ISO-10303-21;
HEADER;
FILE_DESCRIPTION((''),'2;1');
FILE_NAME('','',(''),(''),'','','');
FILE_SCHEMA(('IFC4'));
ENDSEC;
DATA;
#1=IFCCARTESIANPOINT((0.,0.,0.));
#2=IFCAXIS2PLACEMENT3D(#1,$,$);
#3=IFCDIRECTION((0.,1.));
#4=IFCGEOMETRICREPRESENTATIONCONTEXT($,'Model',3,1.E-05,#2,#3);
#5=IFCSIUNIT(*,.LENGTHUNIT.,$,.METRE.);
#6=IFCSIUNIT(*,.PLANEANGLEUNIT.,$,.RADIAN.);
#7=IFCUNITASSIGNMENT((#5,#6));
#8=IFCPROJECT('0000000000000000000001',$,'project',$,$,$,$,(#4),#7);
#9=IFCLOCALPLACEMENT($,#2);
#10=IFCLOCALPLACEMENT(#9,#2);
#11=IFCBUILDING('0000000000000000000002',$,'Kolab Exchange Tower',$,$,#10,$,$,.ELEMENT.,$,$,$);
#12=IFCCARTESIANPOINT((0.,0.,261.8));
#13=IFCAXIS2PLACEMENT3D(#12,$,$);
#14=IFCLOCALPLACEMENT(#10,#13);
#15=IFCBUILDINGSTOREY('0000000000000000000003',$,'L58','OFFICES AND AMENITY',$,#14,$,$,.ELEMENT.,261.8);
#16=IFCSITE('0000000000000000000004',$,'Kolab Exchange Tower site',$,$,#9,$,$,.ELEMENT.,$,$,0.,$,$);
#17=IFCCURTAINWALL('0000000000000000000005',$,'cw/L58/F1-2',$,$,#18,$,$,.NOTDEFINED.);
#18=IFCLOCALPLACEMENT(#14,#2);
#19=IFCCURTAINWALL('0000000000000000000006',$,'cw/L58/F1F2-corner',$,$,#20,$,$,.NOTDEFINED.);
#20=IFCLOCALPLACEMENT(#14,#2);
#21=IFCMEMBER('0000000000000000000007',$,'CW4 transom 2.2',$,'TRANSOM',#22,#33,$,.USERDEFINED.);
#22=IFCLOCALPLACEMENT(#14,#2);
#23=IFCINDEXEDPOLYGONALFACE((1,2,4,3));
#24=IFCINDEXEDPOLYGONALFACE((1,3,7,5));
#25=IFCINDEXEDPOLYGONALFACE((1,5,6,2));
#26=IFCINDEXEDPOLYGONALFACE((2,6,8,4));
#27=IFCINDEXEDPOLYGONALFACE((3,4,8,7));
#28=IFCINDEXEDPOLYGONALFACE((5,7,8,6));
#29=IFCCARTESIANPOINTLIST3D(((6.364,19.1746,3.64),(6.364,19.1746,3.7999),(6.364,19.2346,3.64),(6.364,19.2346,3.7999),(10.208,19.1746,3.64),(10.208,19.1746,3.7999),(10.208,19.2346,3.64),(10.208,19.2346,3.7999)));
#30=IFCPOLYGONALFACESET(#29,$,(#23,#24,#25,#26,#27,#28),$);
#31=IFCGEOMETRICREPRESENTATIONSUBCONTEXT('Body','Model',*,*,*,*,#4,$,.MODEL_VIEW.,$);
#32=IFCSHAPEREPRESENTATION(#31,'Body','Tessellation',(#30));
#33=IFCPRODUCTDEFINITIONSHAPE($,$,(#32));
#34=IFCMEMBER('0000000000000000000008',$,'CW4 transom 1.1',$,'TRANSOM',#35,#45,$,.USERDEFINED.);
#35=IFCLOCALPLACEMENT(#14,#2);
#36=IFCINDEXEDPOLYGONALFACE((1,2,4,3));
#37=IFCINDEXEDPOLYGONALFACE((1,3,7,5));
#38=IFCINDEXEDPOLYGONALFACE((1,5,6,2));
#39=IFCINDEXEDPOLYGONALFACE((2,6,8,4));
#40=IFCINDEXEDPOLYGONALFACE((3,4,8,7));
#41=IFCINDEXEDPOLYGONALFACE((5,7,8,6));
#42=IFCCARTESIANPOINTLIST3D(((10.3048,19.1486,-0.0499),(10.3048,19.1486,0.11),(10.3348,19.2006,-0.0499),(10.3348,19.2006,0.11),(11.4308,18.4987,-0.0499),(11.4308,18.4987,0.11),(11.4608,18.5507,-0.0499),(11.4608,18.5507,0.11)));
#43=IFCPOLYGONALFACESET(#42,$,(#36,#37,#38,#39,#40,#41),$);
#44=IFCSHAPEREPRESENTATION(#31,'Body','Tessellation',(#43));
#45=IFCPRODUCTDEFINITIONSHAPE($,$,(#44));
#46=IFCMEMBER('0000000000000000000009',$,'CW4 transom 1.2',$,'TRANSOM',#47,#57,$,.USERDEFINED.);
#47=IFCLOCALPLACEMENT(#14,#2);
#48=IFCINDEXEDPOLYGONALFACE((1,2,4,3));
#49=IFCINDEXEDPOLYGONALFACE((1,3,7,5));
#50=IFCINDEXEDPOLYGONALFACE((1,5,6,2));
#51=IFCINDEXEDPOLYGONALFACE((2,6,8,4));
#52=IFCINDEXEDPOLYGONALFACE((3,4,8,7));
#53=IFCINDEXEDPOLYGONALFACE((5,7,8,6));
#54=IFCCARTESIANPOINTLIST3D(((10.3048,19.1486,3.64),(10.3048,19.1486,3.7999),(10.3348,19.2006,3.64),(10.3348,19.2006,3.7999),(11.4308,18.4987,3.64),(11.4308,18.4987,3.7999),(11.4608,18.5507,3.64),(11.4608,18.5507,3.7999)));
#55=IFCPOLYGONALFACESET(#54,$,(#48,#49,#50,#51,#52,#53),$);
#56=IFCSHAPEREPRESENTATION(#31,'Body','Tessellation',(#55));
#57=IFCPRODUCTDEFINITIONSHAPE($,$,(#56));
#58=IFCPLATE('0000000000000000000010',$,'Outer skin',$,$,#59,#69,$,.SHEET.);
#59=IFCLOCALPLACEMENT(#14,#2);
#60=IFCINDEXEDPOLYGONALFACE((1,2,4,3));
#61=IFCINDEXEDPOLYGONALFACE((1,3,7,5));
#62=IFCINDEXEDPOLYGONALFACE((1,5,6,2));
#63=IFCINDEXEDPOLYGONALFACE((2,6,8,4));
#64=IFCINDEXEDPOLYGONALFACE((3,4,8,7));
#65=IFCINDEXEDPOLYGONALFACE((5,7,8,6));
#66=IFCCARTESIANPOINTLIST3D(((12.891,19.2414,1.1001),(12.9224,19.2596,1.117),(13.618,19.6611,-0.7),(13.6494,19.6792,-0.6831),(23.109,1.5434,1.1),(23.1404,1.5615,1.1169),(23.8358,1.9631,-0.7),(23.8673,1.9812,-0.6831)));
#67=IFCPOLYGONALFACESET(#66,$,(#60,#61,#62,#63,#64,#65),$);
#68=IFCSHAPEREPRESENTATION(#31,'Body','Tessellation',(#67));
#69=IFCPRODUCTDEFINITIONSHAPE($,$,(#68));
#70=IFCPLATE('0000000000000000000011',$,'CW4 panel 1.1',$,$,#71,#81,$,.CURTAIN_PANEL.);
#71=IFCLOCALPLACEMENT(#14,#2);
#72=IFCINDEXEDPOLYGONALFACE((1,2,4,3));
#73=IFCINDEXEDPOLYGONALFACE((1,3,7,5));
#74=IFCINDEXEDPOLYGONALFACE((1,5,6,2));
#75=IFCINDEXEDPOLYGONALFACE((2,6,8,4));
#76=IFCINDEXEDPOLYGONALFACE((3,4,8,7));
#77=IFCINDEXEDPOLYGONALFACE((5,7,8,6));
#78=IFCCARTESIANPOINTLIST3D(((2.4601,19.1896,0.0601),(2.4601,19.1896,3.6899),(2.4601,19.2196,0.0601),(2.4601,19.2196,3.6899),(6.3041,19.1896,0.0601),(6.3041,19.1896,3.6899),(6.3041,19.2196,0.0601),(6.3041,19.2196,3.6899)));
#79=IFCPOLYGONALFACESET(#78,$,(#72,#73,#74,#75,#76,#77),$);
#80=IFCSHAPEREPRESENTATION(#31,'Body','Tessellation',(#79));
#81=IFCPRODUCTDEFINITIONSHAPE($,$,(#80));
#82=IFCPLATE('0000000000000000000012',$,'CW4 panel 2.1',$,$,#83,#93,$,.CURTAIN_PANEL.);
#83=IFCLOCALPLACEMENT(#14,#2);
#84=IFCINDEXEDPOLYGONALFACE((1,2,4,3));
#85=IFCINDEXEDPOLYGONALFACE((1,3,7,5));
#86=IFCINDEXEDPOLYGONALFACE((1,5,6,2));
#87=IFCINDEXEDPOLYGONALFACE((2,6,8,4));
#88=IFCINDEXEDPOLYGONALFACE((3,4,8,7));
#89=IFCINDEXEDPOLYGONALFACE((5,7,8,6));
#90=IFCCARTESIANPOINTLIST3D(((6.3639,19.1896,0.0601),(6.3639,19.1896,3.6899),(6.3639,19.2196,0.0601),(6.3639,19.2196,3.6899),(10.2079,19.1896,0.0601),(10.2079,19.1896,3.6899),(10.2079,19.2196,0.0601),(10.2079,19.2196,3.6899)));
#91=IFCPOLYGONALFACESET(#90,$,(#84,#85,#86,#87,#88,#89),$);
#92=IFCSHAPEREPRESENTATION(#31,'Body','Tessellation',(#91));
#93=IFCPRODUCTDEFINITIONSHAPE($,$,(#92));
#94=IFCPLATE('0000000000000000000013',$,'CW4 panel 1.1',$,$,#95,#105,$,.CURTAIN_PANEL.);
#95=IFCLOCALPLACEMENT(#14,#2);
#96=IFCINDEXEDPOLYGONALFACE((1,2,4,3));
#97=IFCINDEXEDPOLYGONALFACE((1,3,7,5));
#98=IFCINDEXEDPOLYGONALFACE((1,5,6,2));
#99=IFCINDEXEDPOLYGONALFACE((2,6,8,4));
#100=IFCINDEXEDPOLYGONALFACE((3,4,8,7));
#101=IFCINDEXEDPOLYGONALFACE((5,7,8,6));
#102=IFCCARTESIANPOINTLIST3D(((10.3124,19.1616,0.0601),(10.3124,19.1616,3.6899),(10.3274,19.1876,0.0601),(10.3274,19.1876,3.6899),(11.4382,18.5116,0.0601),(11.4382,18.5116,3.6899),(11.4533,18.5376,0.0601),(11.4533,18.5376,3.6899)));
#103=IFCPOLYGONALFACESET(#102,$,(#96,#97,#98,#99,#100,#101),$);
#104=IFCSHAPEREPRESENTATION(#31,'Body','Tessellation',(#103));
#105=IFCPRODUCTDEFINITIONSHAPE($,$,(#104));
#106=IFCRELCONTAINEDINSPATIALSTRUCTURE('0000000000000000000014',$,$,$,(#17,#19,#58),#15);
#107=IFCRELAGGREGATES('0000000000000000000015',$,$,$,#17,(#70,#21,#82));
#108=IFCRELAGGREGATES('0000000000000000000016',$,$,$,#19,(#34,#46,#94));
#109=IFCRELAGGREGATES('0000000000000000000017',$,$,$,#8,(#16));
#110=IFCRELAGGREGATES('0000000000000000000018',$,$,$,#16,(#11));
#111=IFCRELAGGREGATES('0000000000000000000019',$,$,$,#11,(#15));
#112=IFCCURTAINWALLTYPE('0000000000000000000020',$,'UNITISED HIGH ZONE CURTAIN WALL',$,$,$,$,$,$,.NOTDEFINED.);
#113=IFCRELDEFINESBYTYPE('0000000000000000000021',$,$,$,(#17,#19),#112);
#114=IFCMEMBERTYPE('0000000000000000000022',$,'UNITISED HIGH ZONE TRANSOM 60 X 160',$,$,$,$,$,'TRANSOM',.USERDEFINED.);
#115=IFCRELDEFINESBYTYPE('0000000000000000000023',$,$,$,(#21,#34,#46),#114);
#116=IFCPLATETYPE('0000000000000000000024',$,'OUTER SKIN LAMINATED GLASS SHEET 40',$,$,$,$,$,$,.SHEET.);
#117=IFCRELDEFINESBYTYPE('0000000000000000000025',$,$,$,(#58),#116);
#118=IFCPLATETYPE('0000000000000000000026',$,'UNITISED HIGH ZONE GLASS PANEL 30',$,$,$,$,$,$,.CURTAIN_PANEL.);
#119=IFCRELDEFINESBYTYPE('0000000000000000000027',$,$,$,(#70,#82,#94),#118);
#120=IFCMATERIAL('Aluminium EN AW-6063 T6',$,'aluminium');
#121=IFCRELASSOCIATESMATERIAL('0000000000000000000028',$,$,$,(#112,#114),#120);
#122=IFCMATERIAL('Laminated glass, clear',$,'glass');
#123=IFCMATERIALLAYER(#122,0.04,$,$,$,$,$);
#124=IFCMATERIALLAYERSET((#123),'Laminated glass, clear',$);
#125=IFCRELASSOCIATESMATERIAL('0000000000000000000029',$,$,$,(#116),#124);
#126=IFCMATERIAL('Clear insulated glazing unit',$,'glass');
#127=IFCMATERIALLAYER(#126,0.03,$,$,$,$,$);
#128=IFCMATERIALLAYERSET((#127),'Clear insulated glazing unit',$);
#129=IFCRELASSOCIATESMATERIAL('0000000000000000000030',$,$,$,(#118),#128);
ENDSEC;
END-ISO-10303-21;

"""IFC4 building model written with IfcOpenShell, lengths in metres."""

from ifc_helpers import new_model, si_unit, direction, frame, origin, origin_2d, place, context, subcontext, project, spatial, polyline, rectangle, outline, extrude, material, layer, layer_set, material_profile, profile_set, type_object, element, aggregate, save


model = new_model("IFC4")

# Units and contexts
model_context = context("Model", 3, precision=1e-05, world=origin(), true_north=direction((0.0, 1.0)))
body_context = subcontext(model_context, "Body", "Model", "MODEL_VIEW")
ifc_project = project(units=[si_unit("LENGTHUNIT", "METRE"), si_unit("PLANEANGLEUNIT", "RADIAN")], contexts=[model_context])

# Site, building, storey
site_placement = place(None, origin())
site = spatial("IfcSite", under=ifc_project, at=site_placement, Name="Kolab Exchange Tower site", CompositionType="ELEMENT", RefElevation=0.0)
building_placement = place(site_placement, origin())
building = spatial("IfcBuilding", under=site, at=building_placement, Name="Kolab Exchange Tower", CompositionType="ELEMENT")
storey_placement = place(building_placement, frame((0.0, 0.0, 261.8)))
storey = spatial("IfcBuildingStorey", under=building, at=storey_placement, Name="L58", Description="OFFICES AND AMENITY", CompositionType="ELEMENT", Elevation=261.8)

# Curtain wall
ifc_material_1 = material(Name="Aluminium EN AW-6063 T6", Category="aluminium")
curtain_wall_type = type_object("IfcCurtainWallType", Name="UNITISED HIGH ZONE CURTAIN WALL", PredefinedType="NOTDEFINED", material=ifc_material_1)
curtain_wall_1_placement = place(storey_placement, origin())
curtain_wall_1 = element("IfcCurtainWall", 1, at=curtain_wall_1_placement, inside=storey, type_object=curtain_wall_type, Name="cw/L58/F1-2", PredefinedType="NOTDEFINED")

# Curtain wall
curtain_wall_2_placement = place(storey_placement, origin())
curtain_wall_2 = element("IfcCurtainWall", 2, at=curtain_wall_2_placement, inside=storey, type_object=curtain_wall_type, Name="cw/L58/F1F2-corner", PredefinedType="NOTDEFINED")

# Members
ifc_material_profile_1 = material_profile(ifc_material_1, rectangle(XDim=0.0601, YDim=0.1599, at=origin_2d()), Name="RECT 60X160")
ifc_profile_set_1 = profile_set([ifc_material_profile_1], Name="Aluminium EN AW-6063 T6")
member_type_1 = type_object("IfcMemberType", Name="UNITISED HIGH ZONE TRANSOM 60 X 160", ElementType="TRANSOM", PredefinedType="USERDEFINED", material=ifc_profile_set_1)
member_1_placement = place(storey_placement, frame((6.364, 19.2046, 3.72), z_axis=(1.0, 0.0, 0.0), x_axis=(0.0, 1.0, 0.0)))
member_1 = element("IfcMember", 3, at=member_1_placement, type_object=member_type_1, Name="CW4 transom 2.2", ObjectType="TRANSOM", PredefinedType="USERDEFINED", context=body_context, shape_type="SweptSolid", body=[
    extrude(rectangle(XDim=0.0601, YDim=0.1599, at=origin_2d()), origin(), (0.0, 0.0, 1.0), 3.844),
])
member_2_placement = place(storey_placement, frame((10.3198, 19.1746, 0.03), z_axis=(0.866086, -0.499896, 0.0), x_axis=(0.499896, 0.866086, 0.0)))
member_2 = element("IfcMember", 4, at=member_2_placement, type_object=member_type_1, Name="CW4 transom 1.1", ObjectType="TRANSOM", PredefinedType="USERDEFINED", context=body_context, shape_type="SweptSolid", body=[
    extrude(rectangle(XDim=0.0601, YDim=0.1599, at=origin_2d()), origin(), (0.0, 0.0, 1.0), 1.3),
])
member_3_placement = place(storey_placement, frame((10.3198, 19.1746, 3.72), z_axis=(0.866086, -0.499896, 0.0), x_axis=(0.499896, 0.866086, 0.0)))
member_3 = element("IfcMember", 5, at=member_3_placement, type_object=member_type_1, Name="CW4 transom 1.2", ObjectType="TRANSOM", PredefinedType="USERDEFINED", context=body_context, shape_type="SweptSolid", body=[
    extrude(rectangle(XDim=0.0601, YDim=0.1599, at=origin_2d()), origin(), (0.0, 0.0, 1.0), 1.3),
])

# Plates
ifc_material_2 = material(Name="Laminated glass, clear", Category="glass")
ifc_layer_1 = layer(ifc_material_2, 0.04)
ifc_layer_set_1 = layer_set([ifc_layer_1], Name="Laminated glass, clear")
plate_type_1 = type_object("IfcPlateType", Name="OUTER SKIN LAMINATED GLASS SHEET 40", PredefinedType="SHEET", material=ifc_layer_set_1)
plate_1_placement = place(storey_placement, frame((13.6494, 19.6792, -0.6831), z_axis=(0.784886, 0.453152, 0.422619), x_axis=(0.499997, -0.866027, 0.000002)))
element("IfcPlate", 6, at=plate_1_placement, inside=storey, type_object=plate_type_1, Name="Outer skin", PredefinedType="SHEET", context=body_context, shape_type="SweptSolid", body=[
    extrude(outline(polyline([(0.0, 0.0), (20.4358, 0.0), (20.4359, -1.9861), (-0.0001, -1.9862), (0.0, 0.0)])), origin(), (0.0, 0.0, -1.0), 0.04),
])
ifc_material_3 = material(Name="Clear insulated glazing unit", Category="glass")
ifc_layer_2 = layer(ifc_material_3, 0.03)
ifc_layer_set_2 = layer_set([ifc_layer_2], Name="Clear insulated glazing unit")
plate_type_2 = type_object("IfcPlateType", Name="UNITISED HIGH ZONE GLASS PANEL 30", PredefinedType="CURTAIN_PANEL", material=ifc_layer_set_2)
plate_2_placement = place(storey_placement, frame((4.3821, 19.2046, 0.0601), z_axis=(0.0, 0.0, 1.0), x_axis=(1.0, 0.0, 0.0)))
plate_2 = element("IfcPlate", 7, at=plate_2_placement, type_object=plate_type_2, Name="CW4 panel 1.1", PredefinedType="CURTAIN_PANEL", context=body_context, shape_type="SweptSolid", body=[
    extrude(rectangle(XDim=3.844, YDim=0.03, at=origin_2d()), origin(), (0.0, 0.0, 1.0), 3.6299),
])
plate_3_placement = place(storey_placement, frame((8.2859, 19.2046, 0.0601), z_axis=(0.0, 0.0, 1.0), x_axis=(1.0, 0.0, 0.0)))
plate_3 = element("IfcPlate", 8, at=plate_3_placement, type_object=plate_type_2, Name="CW4 panel 2.1", PredefinedType="CURTAIN_PANEL", context=body_context, shape_type="SweptSolid", body=[
    extrude(rectangle(XDim=3.844, YDim=0.03, at=origin_2d()), origin(), (0.0, 0.0, 1.0), 3.6299),
])
aggregate(curtain_wall_1, [plate_2, member_1, plate_3])
plate_4_placement = place(storey_placement, frame((10.8828, 18.8496, 0.0601), z_axis=(0.0, 0.0, 1.0), x_axis=(0.866025, -0.5, 0.0)))
plate_4 = element("IfcPlate", 9, at=plate_4_placement, type_object=plate_type_2, Name="CW4 panel 1.1", PredefinedType="CURTAIN_PANEL", context=body_context, shape_type="SweptSolid", body=[
    extrude(rectangle(XDim=1.3, YDim=0.03, at=origin_2d()), origin(), (0.0, 0.0, 1.0), 3.6299),
])
aggregate(curtain_wall_2, [member_2, member_3, plate_4])

save(model, "model.ifc")
